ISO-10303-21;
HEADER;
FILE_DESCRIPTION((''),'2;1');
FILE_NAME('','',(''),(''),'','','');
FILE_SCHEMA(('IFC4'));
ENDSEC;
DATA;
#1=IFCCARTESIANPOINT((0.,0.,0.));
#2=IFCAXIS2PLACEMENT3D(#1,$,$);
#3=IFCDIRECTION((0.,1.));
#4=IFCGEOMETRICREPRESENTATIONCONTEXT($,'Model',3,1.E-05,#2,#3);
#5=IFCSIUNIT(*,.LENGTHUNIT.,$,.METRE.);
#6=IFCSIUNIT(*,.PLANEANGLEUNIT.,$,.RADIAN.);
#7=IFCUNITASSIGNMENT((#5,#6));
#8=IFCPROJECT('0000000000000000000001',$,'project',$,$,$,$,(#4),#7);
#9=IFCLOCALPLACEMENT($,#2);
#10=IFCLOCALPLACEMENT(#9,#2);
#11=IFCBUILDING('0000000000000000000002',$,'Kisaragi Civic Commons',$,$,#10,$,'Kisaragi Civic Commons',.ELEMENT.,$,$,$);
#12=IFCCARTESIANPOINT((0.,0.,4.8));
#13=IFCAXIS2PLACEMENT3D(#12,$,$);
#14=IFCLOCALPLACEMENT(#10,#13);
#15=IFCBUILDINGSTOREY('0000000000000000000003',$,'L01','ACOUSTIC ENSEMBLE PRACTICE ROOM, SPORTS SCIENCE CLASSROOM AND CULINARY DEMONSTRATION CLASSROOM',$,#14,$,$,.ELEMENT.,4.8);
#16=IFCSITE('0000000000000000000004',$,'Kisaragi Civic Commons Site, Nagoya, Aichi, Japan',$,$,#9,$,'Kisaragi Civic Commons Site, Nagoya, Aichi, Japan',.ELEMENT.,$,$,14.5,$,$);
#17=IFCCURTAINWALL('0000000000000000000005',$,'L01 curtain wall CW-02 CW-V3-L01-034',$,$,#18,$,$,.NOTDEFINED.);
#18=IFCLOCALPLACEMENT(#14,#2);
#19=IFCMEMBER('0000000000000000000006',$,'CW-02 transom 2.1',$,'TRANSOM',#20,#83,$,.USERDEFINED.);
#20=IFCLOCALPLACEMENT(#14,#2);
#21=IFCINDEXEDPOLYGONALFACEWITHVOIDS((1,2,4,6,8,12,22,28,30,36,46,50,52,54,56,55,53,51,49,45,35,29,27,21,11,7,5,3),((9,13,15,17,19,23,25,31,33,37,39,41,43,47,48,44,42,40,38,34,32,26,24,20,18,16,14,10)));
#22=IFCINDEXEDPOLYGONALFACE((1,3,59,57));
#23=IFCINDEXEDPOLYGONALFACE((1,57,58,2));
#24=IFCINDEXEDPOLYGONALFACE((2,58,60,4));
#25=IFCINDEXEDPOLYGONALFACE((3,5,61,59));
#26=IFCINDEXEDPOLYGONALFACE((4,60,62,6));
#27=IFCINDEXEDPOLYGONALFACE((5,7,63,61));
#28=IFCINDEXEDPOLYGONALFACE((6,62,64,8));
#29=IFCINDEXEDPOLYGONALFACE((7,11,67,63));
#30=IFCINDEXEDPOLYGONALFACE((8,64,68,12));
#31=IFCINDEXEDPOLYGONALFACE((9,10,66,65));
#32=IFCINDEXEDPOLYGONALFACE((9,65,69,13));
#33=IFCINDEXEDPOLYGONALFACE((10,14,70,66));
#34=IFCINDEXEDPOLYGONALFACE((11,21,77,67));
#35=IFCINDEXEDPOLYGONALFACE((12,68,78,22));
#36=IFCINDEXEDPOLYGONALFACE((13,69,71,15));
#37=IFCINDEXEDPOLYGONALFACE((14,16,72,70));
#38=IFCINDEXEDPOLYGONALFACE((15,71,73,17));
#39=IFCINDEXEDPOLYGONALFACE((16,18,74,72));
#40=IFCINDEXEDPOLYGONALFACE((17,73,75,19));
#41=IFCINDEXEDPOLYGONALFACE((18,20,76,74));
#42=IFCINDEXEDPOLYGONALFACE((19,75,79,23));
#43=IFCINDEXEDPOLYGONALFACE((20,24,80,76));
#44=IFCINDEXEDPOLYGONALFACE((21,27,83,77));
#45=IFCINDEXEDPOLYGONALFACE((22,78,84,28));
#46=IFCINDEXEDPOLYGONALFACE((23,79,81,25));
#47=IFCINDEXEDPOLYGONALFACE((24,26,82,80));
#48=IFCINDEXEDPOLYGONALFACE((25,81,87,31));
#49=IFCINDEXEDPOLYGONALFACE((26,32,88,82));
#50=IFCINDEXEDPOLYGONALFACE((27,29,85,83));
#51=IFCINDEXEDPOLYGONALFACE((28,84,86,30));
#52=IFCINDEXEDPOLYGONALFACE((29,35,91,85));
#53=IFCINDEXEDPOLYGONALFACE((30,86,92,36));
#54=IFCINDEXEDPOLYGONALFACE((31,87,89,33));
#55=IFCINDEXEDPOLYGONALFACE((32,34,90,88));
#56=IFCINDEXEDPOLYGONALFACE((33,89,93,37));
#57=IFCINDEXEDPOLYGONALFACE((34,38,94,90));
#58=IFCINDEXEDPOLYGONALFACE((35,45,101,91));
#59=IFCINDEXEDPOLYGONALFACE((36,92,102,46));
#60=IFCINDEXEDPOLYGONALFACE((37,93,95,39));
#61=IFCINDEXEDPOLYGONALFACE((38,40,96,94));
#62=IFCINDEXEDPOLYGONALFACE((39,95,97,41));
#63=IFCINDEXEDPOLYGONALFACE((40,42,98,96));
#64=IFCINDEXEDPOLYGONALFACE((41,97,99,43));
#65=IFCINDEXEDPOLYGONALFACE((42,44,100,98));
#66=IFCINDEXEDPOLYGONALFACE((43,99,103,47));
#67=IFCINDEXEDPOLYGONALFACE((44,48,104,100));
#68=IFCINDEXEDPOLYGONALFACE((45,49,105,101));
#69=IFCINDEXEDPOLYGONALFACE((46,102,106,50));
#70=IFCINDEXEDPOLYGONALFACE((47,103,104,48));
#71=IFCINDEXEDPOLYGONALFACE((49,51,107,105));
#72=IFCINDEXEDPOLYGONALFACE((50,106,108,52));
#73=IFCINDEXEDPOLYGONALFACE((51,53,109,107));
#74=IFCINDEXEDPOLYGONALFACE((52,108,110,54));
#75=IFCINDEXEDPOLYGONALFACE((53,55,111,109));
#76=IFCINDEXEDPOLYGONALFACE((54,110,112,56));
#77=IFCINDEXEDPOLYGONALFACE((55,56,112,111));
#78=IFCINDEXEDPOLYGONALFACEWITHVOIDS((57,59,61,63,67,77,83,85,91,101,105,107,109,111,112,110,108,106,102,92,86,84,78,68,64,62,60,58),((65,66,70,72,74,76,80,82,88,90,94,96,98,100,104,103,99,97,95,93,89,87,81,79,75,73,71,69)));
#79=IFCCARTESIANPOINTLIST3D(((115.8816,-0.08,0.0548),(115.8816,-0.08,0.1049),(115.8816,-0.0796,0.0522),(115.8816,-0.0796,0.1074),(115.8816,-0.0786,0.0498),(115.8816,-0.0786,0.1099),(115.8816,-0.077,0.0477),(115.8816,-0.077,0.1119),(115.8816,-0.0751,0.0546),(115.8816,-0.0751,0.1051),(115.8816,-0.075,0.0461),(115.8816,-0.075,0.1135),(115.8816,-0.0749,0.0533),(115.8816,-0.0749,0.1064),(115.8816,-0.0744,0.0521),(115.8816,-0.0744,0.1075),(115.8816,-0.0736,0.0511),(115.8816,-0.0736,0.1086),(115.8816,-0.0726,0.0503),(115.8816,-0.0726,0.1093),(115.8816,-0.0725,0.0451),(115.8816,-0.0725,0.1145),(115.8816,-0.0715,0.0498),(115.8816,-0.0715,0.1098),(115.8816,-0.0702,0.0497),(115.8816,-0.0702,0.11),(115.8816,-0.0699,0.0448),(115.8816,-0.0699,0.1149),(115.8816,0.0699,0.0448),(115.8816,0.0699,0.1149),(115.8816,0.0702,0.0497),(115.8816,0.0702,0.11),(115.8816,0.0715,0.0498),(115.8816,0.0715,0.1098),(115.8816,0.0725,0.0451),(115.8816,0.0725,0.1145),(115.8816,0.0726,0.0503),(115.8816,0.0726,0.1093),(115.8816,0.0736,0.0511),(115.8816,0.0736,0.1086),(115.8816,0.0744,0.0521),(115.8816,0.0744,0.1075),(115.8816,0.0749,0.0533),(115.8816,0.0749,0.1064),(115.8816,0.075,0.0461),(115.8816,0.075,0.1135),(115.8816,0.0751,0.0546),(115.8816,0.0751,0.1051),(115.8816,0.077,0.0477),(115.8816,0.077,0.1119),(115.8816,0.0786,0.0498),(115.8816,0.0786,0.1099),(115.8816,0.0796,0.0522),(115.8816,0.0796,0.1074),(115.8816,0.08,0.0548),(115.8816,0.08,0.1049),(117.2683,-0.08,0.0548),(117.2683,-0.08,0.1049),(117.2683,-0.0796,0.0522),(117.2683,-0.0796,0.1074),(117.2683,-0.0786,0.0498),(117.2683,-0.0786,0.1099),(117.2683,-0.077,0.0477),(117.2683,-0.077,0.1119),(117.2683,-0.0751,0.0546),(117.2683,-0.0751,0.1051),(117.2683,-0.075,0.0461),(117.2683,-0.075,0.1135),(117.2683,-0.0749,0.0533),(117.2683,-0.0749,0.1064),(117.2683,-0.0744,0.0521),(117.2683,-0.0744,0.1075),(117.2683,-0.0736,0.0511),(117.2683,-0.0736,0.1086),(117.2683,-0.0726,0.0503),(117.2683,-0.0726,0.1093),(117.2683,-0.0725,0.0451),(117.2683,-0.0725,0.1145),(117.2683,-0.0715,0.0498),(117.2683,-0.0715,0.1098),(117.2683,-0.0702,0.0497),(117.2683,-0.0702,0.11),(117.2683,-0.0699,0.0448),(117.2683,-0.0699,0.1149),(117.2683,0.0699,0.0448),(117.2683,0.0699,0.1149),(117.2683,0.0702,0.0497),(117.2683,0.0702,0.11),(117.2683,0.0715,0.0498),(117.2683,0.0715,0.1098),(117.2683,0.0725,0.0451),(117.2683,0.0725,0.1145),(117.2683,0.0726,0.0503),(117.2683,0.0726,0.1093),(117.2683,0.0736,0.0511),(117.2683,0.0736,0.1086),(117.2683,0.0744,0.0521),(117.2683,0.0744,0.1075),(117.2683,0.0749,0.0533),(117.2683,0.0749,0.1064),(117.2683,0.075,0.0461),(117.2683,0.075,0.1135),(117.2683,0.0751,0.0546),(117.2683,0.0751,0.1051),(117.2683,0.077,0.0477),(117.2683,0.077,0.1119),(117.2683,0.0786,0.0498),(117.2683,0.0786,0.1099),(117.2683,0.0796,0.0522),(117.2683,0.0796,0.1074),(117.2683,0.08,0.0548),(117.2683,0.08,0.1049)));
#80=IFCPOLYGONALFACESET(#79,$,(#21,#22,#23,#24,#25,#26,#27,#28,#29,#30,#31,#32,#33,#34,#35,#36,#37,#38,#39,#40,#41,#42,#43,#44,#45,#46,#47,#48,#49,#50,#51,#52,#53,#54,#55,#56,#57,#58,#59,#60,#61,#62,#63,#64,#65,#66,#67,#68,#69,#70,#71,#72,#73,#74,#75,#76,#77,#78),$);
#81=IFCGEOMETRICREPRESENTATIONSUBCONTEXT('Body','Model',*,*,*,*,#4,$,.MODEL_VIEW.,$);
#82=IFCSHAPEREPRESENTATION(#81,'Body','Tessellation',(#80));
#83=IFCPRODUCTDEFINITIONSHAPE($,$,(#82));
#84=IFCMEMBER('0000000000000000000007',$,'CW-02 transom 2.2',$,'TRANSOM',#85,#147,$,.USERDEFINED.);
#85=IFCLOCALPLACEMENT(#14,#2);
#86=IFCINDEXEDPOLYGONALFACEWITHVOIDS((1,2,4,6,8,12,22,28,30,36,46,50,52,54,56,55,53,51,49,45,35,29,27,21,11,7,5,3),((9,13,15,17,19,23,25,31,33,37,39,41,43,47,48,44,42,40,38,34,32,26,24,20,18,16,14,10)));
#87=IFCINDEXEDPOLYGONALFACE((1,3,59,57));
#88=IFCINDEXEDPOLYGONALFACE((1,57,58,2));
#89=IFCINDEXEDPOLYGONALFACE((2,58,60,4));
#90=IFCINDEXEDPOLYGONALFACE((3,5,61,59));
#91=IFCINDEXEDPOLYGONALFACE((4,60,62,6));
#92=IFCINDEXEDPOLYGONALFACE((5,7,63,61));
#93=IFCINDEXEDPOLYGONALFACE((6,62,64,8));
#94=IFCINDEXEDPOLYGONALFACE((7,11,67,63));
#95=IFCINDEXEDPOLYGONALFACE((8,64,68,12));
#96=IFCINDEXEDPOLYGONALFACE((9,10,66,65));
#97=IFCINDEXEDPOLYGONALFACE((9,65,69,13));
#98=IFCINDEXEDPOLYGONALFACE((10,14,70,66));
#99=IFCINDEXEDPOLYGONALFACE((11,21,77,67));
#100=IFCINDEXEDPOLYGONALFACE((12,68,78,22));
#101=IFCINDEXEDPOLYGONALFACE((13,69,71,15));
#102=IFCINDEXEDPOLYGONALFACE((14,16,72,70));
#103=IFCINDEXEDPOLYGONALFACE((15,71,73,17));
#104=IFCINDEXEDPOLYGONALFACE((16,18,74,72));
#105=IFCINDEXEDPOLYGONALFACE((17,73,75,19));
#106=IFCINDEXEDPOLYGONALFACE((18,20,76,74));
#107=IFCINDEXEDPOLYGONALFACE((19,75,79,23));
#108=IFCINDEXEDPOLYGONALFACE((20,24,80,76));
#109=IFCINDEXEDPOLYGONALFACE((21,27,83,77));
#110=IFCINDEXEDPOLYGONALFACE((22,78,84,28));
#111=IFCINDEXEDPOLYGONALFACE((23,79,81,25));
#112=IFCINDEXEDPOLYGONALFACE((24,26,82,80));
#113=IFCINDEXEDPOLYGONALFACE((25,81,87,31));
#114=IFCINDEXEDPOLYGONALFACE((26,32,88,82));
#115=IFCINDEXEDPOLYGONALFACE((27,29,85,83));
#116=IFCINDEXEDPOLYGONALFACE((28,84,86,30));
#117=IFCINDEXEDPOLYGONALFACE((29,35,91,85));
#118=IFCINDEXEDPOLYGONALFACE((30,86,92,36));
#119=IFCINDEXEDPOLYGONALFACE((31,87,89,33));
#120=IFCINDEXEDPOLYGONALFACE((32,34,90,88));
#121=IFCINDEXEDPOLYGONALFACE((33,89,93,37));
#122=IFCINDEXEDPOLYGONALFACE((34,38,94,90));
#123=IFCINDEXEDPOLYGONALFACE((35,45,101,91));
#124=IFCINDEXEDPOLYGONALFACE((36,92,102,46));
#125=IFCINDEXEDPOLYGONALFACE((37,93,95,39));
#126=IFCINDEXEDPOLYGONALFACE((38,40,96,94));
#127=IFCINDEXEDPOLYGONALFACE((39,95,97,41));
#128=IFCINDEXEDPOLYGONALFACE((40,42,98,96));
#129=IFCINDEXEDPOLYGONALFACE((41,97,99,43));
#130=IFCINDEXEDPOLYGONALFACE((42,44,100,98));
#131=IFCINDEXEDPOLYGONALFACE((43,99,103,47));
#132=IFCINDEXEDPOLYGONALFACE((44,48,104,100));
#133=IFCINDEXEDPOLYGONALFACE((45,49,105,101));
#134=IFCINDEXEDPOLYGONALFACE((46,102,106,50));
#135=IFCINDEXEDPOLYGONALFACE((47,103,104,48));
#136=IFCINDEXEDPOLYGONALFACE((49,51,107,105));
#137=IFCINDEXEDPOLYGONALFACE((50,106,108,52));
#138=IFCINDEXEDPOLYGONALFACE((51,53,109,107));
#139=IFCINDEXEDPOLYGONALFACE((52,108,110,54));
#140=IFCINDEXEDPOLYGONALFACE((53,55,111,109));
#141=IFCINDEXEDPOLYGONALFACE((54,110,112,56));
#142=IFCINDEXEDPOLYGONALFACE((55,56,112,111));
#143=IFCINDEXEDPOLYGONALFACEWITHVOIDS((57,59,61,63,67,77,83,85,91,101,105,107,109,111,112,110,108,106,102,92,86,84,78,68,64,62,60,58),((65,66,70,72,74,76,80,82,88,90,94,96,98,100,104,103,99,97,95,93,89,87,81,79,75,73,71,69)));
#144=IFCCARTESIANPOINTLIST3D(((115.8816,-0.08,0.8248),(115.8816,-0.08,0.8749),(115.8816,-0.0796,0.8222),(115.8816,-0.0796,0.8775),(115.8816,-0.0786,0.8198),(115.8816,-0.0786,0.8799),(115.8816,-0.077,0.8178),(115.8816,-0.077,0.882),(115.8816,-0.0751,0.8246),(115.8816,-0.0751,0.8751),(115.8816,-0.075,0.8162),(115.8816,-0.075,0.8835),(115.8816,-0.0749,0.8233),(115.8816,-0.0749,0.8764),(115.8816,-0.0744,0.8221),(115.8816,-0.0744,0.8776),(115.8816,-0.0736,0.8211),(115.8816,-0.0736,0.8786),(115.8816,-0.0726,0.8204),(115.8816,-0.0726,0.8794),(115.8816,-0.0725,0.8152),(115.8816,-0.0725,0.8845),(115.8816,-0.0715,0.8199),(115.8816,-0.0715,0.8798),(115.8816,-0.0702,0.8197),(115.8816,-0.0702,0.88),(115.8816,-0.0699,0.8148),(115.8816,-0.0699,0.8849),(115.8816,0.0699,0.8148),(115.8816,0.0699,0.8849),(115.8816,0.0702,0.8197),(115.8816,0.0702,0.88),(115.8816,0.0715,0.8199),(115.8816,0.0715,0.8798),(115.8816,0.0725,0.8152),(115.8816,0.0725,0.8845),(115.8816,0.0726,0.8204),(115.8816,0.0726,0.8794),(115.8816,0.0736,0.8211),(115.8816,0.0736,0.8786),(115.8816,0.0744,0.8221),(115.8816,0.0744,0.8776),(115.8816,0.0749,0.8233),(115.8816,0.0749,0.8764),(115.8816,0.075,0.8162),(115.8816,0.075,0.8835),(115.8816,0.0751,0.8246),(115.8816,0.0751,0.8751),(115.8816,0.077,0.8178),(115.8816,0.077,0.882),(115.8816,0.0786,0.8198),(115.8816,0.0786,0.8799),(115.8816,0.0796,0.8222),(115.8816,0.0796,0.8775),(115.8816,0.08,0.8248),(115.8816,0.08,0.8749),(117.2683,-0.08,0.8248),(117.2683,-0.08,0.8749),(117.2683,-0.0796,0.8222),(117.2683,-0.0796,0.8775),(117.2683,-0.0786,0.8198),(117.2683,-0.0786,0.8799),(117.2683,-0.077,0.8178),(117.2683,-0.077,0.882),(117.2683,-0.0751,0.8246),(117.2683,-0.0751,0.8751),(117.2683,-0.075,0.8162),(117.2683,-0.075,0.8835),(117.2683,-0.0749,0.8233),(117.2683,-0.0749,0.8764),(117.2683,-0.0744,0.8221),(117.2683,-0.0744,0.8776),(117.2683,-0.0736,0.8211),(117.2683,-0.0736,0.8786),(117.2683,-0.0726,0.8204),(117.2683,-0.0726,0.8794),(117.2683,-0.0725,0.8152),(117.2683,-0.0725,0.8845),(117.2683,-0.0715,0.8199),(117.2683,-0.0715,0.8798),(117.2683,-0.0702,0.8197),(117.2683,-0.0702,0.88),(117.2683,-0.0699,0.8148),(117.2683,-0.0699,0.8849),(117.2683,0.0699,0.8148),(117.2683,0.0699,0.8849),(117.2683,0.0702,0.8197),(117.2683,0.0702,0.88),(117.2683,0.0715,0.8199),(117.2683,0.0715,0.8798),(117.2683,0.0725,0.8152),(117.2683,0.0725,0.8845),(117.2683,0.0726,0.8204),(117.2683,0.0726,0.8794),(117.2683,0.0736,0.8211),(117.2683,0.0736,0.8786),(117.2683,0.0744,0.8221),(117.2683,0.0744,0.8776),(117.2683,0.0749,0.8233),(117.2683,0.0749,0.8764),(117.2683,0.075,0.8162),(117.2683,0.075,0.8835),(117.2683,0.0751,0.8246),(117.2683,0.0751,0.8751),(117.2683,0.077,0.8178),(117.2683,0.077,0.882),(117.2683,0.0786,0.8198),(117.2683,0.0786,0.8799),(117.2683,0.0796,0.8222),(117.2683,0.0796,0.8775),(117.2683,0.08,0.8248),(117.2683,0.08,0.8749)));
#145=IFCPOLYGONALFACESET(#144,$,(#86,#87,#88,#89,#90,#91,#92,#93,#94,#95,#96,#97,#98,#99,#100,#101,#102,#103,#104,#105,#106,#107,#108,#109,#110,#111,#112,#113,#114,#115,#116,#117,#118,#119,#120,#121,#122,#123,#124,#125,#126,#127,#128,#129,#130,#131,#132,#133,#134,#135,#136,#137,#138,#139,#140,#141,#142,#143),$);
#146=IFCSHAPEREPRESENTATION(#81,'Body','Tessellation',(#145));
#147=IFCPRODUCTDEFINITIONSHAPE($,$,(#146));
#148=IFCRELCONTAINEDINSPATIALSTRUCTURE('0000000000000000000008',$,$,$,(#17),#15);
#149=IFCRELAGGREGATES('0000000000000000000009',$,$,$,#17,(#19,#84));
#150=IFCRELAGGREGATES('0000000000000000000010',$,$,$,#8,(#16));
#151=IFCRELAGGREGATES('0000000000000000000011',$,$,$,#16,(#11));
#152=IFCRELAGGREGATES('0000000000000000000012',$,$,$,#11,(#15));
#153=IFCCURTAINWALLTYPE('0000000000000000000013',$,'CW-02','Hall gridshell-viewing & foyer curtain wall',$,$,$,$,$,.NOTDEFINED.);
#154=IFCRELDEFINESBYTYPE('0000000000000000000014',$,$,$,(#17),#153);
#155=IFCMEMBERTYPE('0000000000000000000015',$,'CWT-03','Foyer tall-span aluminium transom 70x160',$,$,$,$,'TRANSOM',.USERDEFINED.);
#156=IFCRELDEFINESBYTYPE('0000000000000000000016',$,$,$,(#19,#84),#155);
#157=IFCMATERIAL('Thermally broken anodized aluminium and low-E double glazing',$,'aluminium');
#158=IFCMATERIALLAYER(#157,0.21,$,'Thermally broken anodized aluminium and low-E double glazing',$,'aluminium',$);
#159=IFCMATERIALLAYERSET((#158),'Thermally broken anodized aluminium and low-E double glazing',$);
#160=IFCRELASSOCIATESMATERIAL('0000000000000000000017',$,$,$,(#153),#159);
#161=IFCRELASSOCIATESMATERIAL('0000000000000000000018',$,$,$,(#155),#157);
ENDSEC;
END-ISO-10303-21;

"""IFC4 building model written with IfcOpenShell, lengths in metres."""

from ifc_helpers import new_model, si_unit, direction, frame, origin, origin_2d, place, context, subcontext, project, spatial, hollow_rectangle, extrude, material, layer, layer_set, material_profile, profile_set, type_object, element, aggregate, save


model = new_model("IFC4")

# Units and contexts
model_context = context("Model", 3, precision=1e-05, world=origin(), true_north=direction((0.0, 1.0)))
body_context = subcontext(model_context, "Body", "Model", "MODEL_VIEW")
ifc_project = project(units=[si_unit("LENGTHUNIT", "METRE"), si_unit("PLANEANGLEUNIT", "RADIAN")], contexts=[model_context])

# Site, building, storey
site_placement = place(None, origin())
site = spatial("IfcSite", under=ifc_project, at=site_placement, Name="Kisaragi Civic Commons Site, Nagoya, Aichi, Japan", LongName="Kisaragi Civic Commons Site, Nagoya, Aichi, Japan", CompositionType="ELEMENT", RefElevation=14.5)
building_placement = place(site_placement, origin())
building = spatial("IfcBuilding", under=site, at=building_placement, Name="Kisaragi Civic Commons", LongName="Kisaragi Civic Commons", CompositionType="ELEMENT")
storey_placement = place(building_placement, frame((0.0, 0.0, 4.8)))
storey = spatial("IfcBuildingStorey", under=building, at=storey_placement, Name="L01", Description="ACOUSTIC ENSEMBLE PRACTICE ROOM, SPORTS SCIENCE CLASSROOM AND CULINARY DEMONSTRATION CLASSROOM", CompositionType="ELEMENT", Elevation=4.8)

# Shared definitions
ifc_material = material(Name="Thermally broken anodized aluminium and low-E double glazing", Category="aluminium")
ifc_layer_1 = layer(ifc_material, 0.21, Name="Thermally broken anodized aluminium and low-E double glazing", Category="aluminium")
ifc_layer_set_1 = layer_set([ifc_layer_1], Name="Thermally broken anodized aluminium and low-E double glazing")
curtain_wall_type = type_object("IfcCurtainWallType", Name="CW-02", Description="Hall gridshell-viewing & foyer curtain wall", PredefinedType="NOTDEFINED", material=ifc_layer_set_1)

# Curtain wall
curtain_wall_1_placement = place(storey_placement, origin())
curtain_wall_1 = element("IfcCurtainWall", 1, at=curtain_wall_1_placement, inside=storey, type_object=curtain_wall_type, Name="L01 curtain wall CW-02 CW-V3-L01-034", PredefinedType="NOTDEFINED")

# Members
ifc_material_profile_1 = material_profile(ifc_material, hollow_rectangle(XDim=0.1599, YDim=0.0701, WallThickness=0.0049, InnerFilletRadius=0.0049, OuterFilletRadius=0.01, at=origin_2d()), Name="CWT-70x160x5", Category="aluminium")
ifc_profile_set_1 = profile_set([ifc_material_profile_1], Name="Thermally broken anodized aluminium and low-E double glazing")
member_type_1 = type_object("IfcMemberType", Name="CWT-03", Description="Foyer tall-span aluminium transom 70x160", ElementType="TRANSOM", PredefinedType="USERDEFINED", material=ifc_profile_set_1)
member_1_placement = place(storey_placement, frame((117.2683, 0.0, 0.0798), z_axis=(-1.0, 0.0, 0.0), x_axis=(0.0, -1.0, 0.0)))
member_1 = element("IfcMember", 2, at=member_1_placement, type_object=member_type_1, Name="CW-02 transom 2.1", ObjectType="TRANSOM", PredefinedType="USERDEFINED", context=body_context, shape_type="SweptSolid", body=[
    extrude(hollow_rectangle(XDim=0.1599, YDim=0.0701, WallThickness=0.0049, InnerFilletRadius=0.0049, OuterFilletRadius=0.01, at=origin_2d()), origin(), (0.0, 0.0, 1.0), 1.3867),
])
member_2_placement = place(storey_placement, frame((117.2683, 0.0, 0.8499), z_axis=(-1.0, 0.0, 0.0), x_axis=(0.0, -1.0, 0.0)))
member_2 = element("IfcMember", 3, at=member_2_placement, type_object=member_type_1, Name="CW-02 transom 2.2", ObjectType="TRANSOM", PredefinedType="USERDEFINED", context=body_context, shape_type="SweptSolid", body=[
    extrude(hollow_rectangle(XDim=0.1599, YDim=0.0701, WallThickness=0.0049, InnerFilletRadius=0.0049, OuterFilletRadius=0.01, at=origin_2d()), origin(), (0.0, 0.0, 1.0), 1.3867),
])

aggregate(curtain_wall_1, [member_1, member_2])

save(model, "model.ifc")
